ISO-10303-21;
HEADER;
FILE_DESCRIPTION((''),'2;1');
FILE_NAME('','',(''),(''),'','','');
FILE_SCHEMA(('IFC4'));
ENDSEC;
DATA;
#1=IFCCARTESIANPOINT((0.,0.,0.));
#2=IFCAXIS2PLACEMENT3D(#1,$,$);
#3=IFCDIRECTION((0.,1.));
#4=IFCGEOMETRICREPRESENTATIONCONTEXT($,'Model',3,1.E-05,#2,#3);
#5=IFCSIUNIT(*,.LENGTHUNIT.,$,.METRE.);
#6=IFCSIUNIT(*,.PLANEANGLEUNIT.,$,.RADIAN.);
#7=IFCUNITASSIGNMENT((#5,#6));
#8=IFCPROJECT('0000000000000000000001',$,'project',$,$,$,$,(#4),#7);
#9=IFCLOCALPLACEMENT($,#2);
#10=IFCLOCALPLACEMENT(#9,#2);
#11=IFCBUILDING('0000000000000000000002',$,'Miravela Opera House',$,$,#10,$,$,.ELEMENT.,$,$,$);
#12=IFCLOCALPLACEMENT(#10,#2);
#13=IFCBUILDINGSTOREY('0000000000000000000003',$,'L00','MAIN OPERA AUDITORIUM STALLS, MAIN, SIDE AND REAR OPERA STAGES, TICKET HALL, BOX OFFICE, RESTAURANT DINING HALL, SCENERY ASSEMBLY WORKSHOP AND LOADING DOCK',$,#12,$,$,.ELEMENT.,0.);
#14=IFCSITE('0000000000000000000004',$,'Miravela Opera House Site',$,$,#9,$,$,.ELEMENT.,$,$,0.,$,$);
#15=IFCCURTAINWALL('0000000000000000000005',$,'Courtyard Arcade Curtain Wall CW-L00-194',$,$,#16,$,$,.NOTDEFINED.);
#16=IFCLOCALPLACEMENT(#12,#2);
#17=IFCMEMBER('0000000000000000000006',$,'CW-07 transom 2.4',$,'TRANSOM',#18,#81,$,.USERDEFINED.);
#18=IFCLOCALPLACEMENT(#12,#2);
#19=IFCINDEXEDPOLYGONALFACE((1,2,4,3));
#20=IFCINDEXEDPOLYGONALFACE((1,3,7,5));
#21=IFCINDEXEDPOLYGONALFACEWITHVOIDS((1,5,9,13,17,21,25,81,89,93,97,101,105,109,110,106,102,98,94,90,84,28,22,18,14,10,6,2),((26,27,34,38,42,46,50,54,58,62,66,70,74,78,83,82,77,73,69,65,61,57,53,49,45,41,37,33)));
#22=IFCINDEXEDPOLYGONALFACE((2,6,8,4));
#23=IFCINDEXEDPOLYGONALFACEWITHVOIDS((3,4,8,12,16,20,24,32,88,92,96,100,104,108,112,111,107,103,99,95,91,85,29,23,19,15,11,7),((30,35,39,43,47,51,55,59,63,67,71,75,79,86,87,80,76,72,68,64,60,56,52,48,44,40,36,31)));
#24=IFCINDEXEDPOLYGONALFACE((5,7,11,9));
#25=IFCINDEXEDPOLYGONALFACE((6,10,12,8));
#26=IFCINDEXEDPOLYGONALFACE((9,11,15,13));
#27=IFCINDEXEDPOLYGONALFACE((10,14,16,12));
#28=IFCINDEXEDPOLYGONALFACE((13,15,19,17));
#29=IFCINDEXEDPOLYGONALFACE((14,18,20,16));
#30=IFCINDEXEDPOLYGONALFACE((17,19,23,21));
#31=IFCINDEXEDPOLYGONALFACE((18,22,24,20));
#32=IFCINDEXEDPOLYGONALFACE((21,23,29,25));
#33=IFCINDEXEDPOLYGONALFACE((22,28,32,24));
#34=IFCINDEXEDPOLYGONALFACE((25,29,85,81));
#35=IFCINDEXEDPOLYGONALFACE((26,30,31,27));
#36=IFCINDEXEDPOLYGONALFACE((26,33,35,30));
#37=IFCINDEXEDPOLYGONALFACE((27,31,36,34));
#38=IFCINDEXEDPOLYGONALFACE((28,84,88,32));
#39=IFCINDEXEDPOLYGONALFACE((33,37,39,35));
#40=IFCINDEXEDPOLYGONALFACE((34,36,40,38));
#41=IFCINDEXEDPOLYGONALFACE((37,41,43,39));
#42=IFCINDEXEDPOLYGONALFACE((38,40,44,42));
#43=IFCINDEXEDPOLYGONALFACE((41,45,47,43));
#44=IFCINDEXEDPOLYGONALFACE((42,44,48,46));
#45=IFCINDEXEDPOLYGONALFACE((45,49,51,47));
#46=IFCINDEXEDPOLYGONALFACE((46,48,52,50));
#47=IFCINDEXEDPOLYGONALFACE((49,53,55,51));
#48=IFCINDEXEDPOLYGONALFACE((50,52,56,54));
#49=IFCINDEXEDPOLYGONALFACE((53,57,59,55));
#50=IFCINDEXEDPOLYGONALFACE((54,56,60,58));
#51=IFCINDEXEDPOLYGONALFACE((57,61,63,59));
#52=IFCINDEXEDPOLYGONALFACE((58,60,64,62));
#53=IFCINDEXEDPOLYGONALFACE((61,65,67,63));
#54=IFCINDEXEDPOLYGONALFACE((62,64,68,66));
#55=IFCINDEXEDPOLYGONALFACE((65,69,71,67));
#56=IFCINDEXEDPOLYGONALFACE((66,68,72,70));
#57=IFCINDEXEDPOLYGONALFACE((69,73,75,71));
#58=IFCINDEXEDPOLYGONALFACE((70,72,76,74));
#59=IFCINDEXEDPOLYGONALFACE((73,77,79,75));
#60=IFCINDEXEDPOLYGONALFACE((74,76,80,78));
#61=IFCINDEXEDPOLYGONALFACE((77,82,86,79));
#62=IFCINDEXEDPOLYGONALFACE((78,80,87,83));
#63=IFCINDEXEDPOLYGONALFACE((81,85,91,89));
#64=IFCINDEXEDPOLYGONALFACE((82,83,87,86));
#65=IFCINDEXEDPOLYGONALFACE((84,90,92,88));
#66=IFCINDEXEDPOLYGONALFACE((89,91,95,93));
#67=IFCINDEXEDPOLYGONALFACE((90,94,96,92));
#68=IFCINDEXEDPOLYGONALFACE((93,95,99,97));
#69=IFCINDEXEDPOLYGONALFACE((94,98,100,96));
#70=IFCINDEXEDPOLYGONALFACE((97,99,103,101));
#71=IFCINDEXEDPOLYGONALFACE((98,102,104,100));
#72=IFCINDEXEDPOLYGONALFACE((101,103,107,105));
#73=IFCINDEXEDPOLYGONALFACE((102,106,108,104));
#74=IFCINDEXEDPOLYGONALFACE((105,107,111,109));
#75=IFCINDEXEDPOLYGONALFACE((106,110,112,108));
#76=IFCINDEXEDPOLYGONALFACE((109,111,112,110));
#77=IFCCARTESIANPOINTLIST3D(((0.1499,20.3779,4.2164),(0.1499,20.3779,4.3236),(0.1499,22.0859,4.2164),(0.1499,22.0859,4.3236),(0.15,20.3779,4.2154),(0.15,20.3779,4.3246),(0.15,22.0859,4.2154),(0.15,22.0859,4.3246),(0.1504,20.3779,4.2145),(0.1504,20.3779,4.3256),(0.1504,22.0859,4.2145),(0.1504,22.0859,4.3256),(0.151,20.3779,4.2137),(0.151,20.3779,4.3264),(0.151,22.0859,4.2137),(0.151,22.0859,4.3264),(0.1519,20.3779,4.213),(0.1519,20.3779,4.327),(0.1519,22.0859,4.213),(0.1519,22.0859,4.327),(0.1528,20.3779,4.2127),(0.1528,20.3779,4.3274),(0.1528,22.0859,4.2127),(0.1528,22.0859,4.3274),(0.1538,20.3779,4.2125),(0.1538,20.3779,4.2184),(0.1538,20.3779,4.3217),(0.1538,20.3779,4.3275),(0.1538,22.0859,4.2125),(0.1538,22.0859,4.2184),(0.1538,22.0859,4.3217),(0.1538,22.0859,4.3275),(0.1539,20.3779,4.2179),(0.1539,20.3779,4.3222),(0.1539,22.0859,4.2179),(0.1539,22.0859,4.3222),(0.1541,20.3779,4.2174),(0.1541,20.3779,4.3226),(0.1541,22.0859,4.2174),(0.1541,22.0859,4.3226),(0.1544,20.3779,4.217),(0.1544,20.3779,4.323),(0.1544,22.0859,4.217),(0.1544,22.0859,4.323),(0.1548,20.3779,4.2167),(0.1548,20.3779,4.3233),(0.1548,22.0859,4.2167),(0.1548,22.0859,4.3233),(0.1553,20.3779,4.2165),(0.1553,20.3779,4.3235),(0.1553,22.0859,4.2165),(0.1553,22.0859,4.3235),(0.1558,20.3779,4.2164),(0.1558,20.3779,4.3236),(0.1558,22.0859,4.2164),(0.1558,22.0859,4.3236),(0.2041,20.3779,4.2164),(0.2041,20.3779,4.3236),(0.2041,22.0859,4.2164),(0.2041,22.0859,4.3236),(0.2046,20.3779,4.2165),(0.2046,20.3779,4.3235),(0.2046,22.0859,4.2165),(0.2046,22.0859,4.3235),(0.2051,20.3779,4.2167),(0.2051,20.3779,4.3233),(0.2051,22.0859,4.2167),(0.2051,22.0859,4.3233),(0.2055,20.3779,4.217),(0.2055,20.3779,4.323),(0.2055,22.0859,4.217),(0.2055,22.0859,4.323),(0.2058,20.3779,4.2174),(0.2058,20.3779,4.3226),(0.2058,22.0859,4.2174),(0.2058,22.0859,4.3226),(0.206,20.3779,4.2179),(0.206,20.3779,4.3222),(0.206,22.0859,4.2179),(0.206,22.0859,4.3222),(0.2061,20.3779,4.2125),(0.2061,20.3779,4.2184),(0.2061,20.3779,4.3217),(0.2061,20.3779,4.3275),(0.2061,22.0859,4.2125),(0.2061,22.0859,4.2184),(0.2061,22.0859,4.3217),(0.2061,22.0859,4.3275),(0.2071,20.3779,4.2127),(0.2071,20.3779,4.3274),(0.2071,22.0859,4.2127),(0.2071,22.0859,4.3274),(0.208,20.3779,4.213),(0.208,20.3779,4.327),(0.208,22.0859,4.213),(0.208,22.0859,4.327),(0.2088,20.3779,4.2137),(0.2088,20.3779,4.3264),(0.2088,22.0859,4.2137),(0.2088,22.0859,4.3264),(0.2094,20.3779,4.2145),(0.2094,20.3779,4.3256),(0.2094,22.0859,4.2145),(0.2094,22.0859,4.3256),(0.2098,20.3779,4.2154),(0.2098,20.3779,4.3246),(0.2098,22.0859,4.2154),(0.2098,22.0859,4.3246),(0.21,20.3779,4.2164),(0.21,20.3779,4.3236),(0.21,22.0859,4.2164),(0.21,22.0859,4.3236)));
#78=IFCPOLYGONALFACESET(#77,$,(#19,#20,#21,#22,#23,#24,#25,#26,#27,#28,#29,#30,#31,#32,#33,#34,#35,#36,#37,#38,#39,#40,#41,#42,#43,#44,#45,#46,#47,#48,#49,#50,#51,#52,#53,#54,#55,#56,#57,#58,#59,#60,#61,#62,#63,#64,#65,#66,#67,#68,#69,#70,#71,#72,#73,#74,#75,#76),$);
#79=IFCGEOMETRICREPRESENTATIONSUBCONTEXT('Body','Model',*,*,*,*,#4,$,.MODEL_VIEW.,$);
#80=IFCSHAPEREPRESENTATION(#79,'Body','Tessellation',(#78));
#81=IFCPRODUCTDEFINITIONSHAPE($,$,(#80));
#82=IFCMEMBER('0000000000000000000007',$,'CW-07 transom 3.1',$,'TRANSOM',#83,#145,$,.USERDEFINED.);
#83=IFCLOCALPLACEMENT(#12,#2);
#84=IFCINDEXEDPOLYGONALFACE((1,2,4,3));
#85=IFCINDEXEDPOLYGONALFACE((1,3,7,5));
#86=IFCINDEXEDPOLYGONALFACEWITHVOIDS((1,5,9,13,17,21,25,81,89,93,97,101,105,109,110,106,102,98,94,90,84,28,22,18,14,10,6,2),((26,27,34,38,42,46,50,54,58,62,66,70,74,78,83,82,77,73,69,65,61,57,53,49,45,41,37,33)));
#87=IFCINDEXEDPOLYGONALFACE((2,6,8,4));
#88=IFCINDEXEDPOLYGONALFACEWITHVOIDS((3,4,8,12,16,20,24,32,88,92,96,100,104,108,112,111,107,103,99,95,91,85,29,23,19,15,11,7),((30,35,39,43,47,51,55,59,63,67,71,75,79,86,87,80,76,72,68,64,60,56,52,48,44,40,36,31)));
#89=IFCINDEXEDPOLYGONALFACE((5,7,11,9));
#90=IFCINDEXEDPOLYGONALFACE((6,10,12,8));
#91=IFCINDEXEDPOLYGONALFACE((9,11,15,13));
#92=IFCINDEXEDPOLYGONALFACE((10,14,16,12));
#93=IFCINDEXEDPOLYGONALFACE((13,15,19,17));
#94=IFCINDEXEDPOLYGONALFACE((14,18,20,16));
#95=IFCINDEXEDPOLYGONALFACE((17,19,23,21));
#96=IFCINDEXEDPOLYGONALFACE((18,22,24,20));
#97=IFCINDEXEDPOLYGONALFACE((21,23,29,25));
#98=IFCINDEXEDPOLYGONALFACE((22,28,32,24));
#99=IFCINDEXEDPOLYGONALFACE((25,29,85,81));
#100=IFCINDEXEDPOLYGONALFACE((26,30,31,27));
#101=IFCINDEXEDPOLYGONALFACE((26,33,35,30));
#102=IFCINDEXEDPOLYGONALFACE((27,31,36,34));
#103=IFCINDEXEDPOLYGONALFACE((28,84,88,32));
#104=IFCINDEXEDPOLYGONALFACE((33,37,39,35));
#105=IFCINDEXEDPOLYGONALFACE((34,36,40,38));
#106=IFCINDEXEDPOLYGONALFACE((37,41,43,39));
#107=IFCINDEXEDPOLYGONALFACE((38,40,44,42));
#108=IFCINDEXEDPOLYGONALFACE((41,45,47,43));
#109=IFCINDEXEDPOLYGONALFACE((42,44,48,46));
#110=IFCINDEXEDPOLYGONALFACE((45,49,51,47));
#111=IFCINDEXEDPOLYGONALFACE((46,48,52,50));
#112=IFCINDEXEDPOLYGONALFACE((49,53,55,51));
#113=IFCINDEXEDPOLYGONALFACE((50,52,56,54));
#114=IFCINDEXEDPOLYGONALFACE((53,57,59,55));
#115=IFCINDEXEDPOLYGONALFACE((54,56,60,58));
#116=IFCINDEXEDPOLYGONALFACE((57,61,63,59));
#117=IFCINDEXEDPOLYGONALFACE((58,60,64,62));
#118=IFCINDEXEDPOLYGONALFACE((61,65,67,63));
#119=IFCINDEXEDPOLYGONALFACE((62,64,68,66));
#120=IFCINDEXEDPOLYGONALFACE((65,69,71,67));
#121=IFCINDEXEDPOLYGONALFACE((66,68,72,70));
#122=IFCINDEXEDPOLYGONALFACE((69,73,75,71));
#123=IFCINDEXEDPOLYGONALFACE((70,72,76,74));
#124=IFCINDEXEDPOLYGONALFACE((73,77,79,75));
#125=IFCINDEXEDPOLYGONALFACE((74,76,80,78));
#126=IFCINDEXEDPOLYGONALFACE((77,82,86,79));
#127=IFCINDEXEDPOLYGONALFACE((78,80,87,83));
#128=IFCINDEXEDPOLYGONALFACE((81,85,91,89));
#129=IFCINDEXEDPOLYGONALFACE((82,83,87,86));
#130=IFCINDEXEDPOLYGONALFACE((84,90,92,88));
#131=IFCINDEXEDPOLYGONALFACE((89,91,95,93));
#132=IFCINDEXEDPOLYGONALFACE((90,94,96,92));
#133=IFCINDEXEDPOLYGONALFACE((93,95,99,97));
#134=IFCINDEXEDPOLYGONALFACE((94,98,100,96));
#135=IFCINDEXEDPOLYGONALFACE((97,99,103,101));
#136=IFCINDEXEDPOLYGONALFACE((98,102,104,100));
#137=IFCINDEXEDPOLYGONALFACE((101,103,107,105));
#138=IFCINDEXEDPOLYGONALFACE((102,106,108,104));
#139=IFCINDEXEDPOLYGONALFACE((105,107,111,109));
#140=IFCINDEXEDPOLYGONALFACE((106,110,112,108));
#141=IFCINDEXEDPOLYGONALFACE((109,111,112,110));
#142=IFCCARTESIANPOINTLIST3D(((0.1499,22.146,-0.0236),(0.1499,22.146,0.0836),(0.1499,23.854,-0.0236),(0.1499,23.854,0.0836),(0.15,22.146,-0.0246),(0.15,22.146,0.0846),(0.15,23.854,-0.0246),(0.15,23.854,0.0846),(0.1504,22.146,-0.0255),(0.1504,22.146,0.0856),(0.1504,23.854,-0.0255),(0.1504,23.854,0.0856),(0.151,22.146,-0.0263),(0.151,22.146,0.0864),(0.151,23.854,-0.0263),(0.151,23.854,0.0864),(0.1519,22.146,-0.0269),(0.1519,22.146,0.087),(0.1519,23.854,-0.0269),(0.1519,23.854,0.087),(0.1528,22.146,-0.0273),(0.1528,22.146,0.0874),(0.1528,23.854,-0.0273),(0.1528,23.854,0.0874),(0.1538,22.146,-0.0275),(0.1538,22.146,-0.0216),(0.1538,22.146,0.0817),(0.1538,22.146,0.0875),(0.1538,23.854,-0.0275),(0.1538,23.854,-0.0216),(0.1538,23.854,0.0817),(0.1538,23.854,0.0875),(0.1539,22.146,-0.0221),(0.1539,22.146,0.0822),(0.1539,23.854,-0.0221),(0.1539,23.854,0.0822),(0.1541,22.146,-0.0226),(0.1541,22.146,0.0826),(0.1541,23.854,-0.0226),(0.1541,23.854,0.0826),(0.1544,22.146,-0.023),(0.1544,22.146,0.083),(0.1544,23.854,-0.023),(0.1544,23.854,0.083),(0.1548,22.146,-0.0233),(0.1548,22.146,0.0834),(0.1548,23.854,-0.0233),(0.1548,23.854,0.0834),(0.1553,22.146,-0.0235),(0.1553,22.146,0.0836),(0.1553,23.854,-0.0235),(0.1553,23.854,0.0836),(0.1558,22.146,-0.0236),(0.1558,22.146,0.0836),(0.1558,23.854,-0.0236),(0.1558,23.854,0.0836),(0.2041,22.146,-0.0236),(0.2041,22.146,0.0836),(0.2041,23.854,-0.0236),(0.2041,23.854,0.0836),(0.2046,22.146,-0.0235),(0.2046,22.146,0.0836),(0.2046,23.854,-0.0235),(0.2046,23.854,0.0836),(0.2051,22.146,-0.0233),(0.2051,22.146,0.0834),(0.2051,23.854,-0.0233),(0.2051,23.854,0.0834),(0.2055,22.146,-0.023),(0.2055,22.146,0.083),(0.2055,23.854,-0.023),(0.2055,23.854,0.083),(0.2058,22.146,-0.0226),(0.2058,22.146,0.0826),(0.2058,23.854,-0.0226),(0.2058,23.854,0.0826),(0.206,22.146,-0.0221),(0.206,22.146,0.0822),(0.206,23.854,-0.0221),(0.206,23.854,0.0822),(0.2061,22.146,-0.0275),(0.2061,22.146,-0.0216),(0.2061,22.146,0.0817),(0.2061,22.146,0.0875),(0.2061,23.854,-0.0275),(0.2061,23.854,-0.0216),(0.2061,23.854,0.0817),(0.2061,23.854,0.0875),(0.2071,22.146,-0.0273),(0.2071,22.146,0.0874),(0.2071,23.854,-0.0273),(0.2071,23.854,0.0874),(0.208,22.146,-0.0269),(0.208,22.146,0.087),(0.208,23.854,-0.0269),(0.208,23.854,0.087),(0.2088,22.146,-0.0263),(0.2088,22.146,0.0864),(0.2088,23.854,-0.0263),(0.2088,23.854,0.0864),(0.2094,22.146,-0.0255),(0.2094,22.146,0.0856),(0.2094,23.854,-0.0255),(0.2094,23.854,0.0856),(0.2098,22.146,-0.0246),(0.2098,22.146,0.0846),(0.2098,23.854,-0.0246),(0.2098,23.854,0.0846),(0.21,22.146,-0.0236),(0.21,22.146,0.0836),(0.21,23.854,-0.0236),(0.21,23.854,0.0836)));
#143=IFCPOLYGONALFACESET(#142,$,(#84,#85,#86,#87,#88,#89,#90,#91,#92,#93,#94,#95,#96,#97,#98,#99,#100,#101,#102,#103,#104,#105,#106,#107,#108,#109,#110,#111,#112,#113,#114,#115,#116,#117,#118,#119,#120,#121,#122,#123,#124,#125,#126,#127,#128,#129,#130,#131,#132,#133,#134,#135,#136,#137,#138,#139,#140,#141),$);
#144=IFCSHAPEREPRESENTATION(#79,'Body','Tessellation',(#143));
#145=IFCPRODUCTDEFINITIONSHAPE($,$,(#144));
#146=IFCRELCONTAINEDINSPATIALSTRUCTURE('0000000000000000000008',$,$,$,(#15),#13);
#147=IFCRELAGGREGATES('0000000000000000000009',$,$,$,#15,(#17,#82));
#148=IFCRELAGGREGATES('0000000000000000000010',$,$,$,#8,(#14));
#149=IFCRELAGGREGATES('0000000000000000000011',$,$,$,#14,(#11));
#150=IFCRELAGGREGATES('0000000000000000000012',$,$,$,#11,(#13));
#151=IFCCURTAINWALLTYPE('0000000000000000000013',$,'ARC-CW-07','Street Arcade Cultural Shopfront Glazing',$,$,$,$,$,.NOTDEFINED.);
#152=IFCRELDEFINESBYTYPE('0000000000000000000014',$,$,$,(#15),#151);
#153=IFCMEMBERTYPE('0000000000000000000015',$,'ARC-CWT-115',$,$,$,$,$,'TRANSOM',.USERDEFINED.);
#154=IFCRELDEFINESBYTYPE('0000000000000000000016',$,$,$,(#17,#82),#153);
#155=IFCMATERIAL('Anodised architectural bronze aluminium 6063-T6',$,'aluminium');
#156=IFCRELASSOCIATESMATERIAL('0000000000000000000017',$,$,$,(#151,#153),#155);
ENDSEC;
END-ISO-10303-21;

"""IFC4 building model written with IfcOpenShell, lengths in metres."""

from ifc_helpers import new_model, si_unit, direction, frame, origin, origin_2d, place, context, subcontext, project, spatial, hollow_rectangle, extrude, material, material_profile, profile_set, type_object, element, aggregate, save


model = new_model("IFC4")

# Units and contexts
model_context = context("Model", 3, precision=1e-05, world=origin(), true_north=direction((0.0, 1.0)))
body_context = subcontext(model_context, "Body", "Model", "MODEL_VIEW")
ifc_project = project(units=[si_unit("LENGTHUNIT", "METRE"), si_unit("PLANEANGLEUNIT", "RADIAN")], contexts=[model_context])

# Site, building, storey
site_placement = place(None, origin())
site = spatial("IfcSite", under=ifc_project, at=site_placement, Name="Miravela Opera House Site", CompositionType="ELEMENT", RefElevation=0.0)
building_placement = place(site_placement, origin())
building = spatial("IfcBuilding", under=site, at=building_placement, Name="Miravela Opera House", CompositionType="ELEMENT")
storey_placement = place(building_placement, origin())
storey = spatial("IfcBuildingStorey", under=building, at=storey_placement, Name="L00", Description="MAIN OPERA AUDITORIUM STALLS, MAIN, SIDE AND REAR OPERA STAGES, TICKET HALL, BOX OFFICE, RESTAURANT DINING HALL, SCENERY ASSEMBLY WORKSHOP AND LOADING DOCK", CompositionType="ELEMENT", Elevation=0.0)

# Curtain wall, members
ifc_material_1 = material(Name="Anodised architectural bronze aluminium 6063-T6", Category="aluminium")
curtain_wall_type = type_object("IfcCurtainWallType", Name="ARC-CW-07", Description="Street Arcade Cultural Shopfront Glazing", PredefinedType="NOTDEFINED", material=ifc_material_1)
curtain_wall_placement = place(storey_placement, origin())
curtain_wall = element("IfcCurtainWall", 1, at=curtain_wall_placement, inside=storey, type_object=curtain_wall_type, Name="Courtyard Arcade Curtain Wall CW-L00-194", PredefinedType="NOTDEFINED")
ifc_material_profile_1 = material_profile(ifc_material_1, hollow_rectangle(XDim=0.0601, YDim=0.115, WallThickness=0.0039, InnerFilletRadius=0.002, OuterFilletRadius=0.0039, at=origin_2d()), Name="CWT-60X115")
ifc_profile_set_1 = profile_set([ifc_material_profile_1])
member_type_1 = type_object("IfcMemberType", Name="ARC-CWT-115", ElementType="TRANSOM", PredefinedType="USERDEFINED", material=ifc_profile_set_1)
member_1_placement = place(storey_placement, frame((0.1799, 20.3779, 4.27), z_axis=(0.0, 1.0, 0.0), x_axis=(-1.0, 0.0, 0.0)))
member_1 = element("IfcMember", 2, at=member_1_placement, type_object=member_type_1, Name="CW-07 transom 2.4", ObjectType="TRANSOM", PredefinedType="USERDEFINED", context=body_context, shape_type="SweptSolid", body=[
    extrude(hollow_rectangle(XDim=0.0601, YDim=0.115, WallThickness=0.0039, InnerFilletRadius=0.002, OuterFilletRadius=0.0039, at=origin_2d()), origin(), (0.0, 0.0, 1.0), 1.708),
])
member_2_placement = place(storey_placement, frame((0.1799, 22.146, 0.03), z_axis=(0.0, 1.0, 0.0), x_axis=(-1.0, 0.0, 0.0)))
member_2 = element("IfcMember", 3, at=member_2_placement, type_object=member_type_1, Name="CW-07 transom 3.1", ObjectType="TRANSOM", PredefinedType="USERDEFINED", context=body_context, shape_type="SweptSolid", body=[
    extrude(hollow_rectangle(XDim=0.0601, YDim=0.115, WallThickness=0.0039, InnerFilletRadius=0.002, OuterFilletRadius=0.0039, at=origin_2d()), origin(), (0.0, 0.0, 1.0), 1.708),
])

aggregate(curtain_wall, [member_1, member_2])

save(model, "model.ifc")
